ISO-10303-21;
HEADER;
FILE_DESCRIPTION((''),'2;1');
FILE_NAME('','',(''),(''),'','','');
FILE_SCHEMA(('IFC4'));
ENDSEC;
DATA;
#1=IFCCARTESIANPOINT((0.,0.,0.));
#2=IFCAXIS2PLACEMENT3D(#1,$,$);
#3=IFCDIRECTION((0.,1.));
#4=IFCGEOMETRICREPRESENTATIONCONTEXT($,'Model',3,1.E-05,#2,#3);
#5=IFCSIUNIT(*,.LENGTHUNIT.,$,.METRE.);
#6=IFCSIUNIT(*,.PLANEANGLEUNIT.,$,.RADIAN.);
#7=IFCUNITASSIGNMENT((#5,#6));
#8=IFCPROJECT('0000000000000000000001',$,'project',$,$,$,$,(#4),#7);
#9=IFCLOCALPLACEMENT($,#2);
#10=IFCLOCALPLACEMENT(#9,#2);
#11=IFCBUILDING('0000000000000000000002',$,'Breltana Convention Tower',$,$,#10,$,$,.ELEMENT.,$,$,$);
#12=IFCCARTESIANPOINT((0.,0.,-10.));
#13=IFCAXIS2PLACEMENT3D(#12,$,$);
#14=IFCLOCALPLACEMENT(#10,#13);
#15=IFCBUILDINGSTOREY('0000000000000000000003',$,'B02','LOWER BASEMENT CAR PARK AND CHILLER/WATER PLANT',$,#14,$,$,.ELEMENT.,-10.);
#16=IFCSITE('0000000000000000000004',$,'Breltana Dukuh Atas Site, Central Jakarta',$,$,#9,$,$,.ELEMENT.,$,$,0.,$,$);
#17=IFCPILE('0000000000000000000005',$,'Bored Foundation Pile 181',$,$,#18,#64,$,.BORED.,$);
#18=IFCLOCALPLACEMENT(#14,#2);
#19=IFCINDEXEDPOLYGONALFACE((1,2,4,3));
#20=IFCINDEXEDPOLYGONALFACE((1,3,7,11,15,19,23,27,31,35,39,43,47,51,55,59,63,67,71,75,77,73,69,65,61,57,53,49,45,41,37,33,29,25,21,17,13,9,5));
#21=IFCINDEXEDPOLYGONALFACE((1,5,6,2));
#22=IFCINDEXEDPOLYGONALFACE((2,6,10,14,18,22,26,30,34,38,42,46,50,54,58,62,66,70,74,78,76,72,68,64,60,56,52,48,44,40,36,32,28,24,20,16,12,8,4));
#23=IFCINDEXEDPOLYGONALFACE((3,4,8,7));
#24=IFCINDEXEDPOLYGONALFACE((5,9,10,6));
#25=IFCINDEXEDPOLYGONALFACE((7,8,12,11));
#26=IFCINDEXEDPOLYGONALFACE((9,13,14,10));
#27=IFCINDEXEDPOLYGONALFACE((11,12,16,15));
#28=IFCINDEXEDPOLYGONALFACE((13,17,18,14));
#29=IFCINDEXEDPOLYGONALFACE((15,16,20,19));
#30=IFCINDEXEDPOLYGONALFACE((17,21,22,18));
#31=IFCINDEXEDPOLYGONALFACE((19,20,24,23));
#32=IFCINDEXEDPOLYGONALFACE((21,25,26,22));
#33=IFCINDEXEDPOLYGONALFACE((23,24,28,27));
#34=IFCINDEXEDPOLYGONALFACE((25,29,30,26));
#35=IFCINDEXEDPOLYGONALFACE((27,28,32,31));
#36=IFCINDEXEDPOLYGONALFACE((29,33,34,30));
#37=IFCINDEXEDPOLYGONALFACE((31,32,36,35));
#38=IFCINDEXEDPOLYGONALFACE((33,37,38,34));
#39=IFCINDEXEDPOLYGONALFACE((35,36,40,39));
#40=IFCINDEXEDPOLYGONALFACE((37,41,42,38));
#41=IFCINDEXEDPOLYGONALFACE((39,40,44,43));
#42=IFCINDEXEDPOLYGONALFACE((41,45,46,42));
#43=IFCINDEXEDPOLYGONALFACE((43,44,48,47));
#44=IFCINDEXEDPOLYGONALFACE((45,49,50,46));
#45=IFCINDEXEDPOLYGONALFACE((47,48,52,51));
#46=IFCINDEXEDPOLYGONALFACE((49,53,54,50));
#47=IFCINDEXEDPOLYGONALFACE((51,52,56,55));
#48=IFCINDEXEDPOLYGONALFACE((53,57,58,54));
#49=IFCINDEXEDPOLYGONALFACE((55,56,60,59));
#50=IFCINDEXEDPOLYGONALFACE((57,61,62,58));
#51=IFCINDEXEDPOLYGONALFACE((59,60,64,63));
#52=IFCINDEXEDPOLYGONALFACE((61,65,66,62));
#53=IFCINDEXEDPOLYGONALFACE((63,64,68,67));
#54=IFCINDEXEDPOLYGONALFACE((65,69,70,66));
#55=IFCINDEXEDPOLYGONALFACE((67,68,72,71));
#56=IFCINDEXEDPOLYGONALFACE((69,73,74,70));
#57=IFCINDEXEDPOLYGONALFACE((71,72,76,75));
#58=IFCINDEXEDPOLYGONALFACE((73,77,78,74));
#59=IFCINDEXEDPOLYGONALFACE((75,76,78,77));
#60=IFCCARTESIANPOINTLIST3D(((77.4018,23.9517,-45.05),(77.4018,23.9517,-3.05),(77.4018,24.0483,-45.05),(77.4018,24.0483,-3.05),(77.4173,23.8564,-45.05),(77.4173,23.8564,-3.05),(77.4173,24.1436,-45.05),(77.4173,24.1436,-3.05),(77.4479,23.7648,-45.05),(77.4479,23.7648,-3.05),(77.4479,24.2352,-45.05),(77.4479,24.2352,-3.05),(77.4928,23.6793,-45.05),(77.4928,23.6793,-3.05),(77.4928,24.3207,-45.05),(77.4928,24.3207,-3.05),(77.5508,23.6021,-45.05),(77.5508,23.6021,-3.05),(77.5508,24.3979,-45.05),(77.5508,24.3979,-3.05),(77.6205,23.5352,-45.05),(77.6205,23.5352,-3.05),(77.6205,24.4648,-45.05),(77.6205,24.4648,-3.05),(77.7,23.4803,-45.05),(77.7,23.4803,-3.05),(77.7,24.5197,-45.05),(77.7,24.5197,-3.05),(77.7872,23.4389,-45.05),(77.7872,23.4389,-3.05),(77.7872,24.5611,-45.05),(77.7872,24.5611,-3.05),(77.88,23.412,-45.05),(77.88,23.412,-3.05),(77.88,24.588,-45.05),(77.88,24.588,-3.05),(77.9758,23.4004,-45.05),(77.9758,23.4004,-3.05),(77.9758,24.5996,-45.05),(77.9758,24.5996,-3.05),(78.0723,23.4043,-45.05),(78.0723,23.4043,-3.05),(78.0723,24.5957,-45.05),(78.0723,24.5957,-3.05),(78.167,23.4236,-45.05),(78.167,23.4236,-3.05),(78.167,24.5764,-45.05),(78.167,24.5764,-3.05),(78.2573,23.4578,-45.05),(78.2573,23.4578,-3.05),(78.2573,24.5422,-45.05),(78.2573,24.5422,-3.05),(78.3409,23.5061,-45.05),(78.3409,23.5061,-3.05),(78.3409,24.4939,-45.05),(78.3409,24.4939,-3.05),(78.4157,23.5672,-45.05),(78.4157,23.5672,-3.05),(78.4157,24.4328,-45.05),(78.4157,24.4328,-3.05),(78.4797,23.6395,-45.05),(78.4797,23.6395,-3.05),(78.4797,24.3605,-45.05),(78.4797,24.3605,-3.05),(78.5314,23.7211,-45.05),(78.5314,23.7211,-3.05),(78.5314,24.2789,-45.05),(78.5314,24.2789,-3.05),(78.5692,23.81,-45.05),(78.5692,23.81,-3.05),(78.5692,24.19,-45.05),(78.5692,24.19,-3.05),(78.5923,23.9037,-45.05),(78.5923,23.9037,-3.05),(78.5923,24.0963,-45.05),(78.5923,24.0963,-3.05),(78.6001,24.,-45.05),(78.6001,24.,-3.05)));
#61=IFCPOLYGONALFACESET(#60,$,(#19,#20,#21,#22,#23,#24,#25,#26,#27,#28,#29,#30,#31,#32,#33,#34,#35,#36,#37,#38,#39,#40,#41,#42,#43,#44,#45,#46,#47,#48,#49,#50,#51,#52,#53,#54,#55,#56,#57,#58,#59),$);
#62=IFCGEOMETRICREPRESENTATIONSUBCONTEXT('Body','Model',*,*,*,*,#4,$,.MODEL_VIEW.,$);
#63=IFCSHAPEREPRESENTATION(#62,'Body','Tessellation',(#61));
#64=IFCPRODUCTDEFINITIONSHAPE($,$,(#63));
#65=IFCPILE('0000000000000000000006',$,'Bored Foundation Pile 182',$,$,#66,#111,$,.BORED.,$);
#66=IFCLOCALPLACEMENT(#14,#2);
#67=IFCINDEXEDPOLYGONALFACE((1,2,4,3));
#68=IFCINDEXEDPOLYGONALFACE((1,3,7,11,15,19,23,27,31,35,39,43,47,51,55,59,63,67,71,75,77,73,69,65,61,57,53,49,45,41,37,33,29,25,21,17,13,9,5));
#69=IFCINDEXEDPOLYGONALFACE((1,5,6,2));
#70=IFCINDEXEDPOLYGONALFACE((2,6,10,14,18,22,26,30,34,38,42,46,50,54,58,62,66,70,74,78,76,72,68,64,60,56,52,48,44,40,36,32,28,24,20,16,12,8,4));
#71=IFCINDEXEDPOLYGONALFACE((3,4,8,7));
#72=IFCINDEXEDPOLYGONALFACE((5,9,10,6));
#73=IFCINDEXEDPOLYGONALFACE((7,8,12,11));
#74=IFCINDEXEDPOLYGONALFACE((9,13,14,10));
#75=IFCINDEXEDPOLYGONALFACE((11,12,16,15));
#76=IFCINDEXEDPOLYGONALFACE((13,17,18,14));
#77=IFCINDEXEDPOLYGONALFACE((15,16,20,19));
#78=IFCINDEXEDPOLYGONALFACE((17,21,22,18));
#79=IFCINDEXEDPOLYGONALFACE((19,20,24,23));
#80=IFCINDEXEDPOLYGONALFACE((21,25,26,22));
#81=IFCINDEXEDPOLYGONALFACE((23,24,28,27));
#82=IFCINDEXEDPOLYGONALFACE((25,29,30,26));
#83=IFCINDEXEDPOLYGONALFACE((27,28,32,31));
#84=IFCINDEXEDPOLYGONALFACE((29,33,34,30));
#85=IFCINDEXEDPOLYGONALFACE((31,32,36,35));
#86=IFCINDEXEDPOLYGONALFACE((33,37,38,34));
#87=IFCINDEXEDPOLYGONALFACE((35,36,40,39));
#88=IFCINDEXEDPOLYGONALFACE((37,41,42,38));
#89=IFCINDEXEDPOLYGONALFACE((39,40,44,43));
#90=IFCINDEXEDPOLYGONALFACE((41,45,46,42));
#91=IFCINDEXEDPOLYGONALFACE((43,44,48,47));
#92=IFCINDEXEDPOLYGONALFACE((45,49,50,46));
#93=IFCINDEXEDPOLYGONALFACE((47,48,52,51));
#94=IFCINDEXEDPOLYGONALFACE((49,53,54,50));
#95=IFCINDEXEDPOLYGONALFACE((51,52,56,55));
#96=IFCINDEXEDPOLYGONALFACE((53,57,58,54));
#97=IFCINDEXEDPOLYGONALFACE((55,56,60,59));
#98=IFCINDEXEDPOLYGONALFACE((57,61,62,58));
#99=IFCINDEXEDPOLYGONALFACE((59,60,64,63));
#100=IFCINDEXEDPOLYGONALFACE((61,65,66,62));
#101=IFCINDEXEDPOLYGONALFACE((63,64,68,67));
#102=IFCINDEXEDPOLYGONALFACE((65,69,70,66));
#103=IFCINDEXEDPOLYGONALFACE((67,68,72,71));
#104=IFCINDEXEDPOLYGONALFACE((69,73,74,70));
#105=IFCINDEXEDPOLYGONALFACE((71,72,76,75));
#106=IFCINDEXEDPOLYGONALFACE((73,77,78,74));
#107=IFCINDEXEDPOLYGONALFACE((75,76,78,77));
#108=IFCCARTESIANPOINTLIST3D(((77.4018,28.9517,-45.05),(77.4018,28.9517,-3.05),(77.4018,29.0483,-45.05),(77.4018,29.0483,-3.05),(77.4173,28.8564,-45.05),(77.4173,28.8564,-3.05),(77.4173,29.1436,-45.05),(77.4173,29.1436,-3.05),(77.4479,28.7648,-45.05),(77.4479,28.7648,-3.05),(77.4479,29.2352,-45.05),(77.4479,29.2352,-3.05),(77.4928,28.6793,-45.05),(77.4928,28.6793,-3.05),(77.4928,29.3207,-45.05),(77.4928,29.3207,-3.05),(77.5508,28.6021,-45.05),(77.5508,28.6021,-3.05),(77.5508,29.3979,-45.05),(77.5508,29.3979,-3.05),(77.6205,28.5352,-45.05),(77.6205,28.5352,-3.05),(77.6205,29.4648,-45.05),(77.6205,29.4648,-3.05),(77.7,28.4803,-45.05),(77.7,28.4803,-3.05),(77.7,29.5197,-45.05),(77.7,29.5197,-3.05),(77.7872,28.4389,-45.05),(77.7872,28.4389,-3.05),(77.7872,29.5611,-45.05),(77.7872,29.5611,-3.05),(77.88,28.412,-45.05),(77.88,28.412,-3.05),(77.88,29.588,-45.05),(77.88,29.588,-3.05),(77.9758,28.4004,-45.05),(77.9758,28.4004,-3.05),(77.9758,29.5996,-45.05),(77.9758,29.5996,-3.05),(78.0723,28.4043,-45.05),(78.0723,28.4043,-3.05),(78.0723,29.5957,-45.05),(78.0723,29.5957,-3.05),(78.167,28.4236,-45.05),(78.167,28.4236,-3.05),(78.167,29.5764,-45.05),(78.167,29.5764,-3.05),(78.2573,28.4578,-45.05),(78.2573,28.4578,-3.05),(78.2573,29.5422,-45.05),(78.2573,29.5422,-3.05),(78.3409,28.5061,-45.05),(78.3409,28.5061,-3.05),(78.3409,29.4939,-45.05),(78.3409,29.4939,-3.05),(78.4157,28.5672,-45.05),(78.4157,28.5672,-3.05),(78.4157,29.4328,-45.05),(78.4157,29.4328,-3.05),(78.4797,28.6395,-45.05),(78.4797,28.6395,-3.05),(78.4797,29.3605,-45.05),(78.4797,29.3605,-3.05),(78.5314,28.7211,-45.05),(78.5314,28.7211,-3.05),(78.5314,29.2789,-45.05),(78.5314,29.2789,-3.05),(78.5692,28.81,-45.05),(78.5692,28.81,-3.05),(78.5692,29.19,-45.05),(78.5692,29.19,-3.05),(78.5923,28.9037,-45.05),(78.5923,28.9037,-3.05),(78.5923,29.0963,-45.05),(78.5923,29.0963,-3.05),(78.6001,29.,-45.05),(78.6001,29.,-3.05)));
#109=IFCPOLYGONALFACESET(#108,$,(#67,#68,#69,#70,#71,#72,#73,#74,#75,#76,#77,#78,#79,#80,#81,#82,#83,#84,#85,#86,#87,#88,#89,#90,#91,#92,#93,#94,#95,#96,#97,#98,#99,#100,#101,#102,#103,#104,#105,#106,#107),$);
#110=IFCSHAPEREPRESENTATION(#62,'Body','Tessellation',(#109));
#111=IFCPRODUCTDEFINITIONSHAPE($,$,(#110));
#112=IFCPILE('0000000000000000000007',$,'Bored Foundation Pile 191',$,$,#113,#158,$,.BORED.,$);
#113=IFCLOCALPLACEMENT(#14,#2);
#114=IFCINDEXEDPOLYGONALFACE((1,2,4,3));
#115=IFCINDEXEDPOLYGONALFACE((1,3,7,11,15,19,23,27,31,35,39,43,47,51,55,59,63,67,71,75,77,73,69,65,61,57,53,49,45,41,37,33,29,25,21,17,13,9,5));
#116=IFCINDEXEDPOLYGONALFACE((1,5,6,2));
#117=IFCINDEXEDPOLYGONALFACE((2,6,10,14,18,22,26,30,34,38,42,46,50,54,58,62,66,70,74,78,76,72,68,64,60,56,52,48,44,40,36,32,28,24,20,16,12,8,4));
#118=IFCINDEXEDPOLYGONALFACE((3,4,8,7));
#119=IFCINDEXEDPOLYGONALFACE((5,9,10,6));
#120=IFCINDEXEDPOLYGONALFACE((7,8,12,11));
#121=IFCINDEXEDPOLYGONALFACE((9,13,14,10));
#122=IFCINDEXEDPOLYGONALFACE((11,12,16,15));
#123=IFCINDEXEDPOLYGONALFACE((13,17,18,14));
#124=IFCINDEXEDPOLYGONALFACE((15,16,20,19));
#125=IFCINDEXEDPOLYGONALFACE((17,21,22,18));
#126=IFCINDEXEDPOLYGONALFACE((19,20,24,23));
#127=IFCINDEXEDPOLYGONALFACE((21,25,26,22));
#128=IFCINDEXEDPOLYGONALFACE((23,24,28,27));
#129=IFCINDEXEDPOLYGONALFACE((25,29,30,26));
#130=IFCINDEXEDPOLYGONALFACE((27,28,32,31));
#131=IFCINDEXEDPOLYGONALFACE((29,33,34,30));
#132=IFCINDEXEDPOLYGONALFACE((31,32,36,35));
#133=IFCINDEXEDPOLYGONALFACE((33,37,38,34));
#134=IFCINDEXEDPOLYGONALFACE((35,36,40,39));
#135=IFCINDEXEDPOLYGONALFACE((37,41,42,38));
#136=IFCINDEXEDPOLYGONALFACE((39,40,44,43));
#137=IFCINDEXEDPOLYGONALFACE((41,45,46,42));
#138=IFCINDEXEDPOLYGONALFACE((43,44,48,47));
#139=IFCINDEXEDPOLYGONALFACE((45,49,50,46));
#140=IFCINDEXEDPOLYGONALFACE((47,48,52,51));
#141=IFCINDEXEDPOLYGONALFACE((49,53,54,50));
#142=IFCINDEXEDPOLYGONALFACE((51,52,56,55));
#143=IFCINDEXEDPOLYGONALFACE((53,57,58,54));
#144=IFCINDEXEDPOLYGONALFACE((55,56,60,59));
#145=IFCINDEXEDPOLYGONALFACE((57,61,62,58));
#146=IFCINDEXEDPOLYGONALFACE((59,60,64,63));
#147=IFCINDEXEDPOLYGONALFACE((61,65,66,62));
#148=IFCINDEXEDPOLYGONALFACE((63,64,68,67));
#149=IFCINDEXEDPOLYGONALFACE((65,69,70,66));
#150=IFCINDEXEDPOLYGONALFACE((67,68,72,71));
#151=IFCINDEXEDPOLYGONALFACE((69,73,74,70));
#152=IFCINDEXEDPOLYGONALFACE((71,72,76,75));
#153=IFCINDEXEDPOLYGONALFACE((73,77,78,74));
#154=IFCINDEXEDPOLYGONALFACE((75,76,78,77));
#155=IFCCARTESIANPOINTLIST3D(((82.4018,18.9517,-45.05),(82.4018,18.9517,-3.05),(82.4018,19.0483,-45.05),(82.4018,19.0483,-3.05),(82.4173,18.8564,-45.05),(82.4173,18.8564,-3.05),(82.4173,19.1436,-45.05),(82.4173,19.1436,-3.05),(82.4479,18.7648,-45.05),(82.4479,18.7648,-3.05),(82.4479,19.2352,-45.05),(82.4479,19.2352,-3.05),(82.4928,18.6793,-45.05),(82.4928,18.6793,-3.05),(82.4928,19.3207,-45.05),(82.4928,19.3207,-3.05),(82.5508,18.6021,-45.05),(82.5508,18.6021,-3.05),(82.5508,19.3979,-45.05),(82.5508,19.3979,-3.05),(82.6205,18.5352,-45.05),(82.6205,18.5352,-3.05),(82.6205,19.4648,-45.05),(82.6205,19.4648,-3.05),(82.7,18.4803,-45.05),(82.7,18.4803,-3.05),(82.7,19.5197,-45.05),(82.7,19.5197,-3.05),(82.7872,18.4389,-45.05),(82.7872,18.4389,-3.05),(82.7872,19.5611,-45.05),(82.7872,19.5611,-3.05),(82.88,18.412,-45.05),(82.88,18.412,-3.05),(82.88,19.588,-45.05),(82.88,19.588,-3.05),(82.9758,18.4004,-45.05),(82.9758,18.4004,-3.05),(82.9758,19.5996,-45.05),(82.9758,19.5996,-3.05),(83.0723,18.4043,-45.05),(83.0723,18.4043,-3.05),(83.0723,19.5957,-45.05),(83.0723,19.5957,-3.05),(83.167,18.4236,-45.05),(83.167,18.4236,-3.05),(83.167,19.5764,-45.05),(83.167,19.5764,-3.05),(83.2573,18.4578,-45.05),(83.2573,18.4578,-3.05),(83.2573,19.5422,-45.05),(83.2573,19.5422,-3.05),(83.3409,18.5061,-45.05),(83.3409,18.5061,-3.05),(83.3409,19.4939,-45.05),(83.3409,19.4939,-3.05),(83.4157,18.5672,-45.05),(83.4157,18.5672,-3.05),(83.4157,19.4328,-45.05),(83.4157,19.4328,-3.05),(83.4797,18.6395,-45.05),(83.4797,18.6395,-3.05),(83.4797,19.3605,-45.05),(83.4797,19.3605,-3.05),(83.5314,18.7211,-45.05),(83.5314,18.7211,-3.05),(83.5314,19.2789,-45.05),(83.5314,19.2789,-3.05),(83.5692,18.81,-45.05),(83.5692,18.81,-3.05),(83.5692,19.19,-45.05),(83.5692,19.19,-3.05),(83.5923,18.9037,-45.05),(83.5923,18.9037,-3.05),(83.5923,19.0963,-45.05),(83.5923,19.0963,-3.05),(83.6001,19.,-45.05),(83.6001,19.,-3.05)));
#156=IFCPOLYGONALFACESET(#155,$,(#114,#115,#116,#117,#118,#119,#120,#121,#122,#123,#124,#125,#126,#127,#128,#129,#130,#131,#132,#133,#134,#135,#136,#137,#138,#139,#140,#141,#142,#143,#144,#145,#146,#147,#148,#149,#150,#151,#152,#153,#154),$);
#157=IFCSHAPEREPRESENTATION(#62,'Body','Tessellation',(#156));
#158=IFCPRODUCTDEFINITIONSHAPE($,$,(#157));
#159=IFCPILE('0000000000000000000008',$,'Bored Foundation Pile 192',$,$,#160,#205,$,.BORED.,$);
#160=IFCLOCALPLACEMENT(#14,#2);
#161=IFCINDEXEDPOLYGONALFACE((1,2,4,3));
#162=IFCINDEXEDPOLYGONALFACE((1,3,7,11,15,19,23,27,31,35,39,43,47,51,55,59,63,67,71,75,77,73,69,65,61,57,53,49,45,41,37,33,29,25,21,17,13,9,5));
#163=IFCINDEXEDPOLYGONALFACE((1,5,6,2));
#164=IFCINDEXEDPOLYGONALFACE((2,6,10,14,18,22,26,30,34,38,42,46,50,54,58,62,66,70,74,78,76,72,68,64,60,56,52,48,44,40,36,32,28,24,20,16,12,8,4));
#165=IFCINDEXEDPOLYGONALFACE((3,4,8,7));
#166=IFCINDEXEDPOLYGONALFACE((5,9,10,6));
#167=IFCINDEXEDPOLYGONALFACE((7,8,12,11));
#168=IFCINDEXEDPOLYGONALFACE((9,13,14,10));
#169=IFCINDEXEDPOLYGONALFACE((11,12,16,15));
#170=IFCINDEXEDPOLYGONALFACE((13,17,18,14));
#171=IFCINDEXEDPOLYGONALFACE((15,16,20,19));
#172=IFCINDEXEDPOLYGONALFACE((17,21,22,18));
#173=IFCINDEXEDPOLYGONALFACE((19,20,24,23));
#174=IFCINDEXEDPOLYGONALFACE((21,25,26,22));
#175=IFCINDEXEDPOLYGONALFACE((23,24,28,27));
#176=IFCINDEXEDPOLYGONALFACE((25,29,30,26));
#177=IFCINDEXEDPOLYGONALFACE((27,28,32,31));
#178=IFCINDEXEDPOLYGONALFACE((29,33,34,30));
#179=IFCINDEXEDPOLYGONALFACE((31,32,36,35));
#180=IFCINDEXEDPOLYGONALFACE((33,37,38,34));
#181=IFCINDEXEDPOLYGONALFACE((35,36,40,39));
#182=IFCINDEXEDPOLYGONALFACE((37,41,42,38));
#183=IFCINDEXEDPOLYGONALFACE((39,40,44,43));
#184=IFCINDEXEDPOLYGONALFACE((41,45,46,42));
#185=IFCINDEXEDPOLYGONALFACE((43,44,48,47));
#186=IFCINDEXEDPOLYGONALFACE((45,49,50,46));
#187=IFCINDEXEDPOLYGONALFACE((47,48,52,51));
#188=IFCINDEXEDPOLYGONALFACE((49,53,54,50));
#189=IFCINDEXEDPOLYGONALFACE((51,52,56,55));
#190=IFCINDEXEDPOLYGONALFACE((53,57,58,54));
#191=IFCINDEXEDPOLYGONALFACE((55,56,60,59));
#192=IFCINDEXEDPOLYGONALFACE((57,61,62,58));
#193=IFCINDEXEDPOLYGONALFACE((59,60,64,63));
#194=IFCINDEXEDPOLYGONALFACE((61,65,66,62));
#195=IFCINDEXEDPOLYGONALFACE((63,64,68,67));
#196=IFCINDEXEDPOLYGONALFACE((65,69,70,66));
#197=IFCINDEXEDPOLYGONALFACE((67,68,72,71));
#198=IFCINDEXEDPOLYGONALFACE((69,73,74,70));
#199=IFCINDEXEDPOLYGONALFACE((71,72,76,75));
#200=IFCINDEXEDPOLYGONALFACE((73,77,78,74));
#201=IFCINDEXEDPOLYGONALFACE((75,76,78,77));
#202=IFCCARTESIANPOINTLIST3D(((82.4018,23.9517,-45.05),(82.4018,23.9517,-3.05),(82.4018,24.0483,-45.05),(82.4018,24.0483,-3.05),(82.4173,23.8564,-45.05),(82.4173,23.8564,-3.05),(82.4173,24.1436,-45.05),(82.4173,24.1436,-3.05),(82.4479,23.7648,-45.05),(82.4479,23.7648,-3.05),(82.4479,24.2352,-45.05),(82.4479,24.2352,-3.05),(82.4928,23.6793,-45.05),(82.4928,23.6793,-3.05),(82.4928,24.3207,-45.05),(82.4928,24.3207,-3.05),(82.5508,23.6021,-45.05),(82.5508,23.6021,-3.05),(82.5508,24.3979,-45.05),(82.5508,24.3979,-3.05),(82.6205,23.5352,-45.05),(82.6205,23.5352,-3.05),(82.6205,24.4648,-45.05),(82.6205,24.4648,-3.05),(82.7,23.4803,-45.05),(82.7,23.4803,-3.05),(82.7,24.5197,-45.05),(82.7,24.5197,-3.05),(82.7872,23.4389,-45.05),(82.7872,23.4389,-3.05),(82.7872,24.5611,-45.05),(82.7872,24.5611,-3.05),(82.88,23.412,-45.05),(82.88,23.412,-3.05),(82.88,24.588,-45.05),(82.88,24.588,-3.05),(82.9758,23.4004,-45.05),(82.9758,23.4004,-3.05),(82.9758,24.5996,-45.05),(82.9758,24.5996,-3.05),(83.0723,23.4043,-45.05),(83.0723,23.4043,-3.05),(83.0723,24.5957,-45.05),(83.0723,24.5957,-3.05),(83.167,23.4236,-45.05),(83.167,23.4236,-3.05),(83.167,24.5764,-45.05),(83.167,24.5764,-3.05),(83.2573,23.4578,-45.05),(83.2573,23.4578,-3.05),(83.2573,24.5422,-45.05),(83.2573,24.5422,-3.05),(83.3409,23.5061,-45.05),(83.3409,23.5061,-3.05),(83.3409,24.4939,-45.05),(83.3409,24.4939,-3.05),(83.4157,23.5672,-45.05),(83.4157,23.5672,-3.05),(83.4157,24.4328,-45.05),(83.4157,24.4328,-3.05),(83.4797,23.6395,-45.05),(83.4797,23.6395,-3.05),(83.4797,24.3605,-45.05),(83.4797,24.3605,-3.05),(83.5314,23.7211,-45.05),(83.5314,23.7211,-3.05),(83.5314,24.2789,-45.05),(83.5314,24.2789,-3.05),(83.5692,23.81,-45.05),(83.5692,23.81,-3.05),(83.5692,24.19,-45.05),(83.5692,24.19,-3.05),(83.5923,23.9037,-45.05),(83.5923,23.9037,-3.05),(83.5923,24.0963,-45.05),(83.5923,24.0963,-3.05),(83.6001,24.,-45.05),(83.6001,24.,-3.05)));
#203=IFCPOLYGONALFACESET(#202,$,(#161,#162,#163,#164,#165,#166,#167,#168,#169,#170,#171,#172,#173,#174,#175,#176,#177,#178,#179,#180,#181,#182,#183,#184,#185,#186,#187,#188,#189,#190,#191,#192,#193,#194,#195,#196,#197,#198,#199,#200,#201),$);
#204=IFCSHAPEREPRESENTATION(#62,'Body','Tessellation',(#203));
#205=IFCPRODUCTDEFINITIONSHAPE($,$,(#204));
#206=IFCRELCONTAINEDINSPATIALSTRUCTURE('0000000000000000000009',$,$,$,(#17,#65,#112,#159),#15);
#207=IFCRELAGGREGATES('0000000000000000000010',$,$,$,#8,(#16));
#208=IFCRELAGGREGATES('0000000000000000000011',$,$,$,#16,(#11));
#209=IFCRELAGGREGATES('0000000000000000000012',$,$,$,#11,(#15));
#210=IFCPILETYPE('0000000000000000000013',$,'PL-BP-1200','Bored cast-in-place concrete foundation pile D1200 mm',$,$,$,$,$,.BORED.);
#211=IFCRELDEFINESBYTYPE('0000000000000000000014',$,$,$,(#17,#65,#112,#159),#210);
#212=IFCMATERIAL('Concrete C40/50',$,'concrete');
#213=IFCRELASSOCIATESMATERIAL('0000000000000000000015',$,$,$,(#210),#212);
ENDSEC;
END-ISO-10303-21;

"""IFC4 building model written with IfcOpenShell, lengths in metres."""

from ifc_helpers import new_model, si_unit, direction, frame, origin, origin_2d, place, context, subcontext, project, spatial, circle, extrude, source, transform, mapped, material, material_profile, profile_set, type_object, type_shapes, element, save


model = new_model("IFC4")

# Units and contexts
model_context = context("Model", 3, precision=1e-05, world=origin(), true_north=direction((0.0, 1.0)))
body_context = subcontext(model_context, "Body", "Model", "MODEL_VIEW")
ifc_project = project(units=[si_unit("LENGTHUNIT", "METRE"), si_unit("PLANEANGLEUNIT", "RADIAN")], contexts=[model_context])

# Site, building, storey
site_placement = place(None, origin())
site = spatial("IfcSite", under=ifc_project, at=site_placement, Name="Breltana Dukuh Atas Site, Central Jakarta", CompositionType="ELEMENT", RefElevation=0.0)
building_placement = place(site_placement, origin())
building = spatial("IfcBuilding", under=site, at=building_placement, Name="Breltana Convention Tower", CompositionType="ELEMENT")
storey_placement = place(building_placement, frame((0.0, 0.0, -10.0)))
storey = spatial("IfcBuildingStorey", under=building, at=storey_placement, Name="B02", Description="LOWER BASEMENT CAR PARK AND CHILLER/WATER PLANT", CompositionType="ELEMENT", Elevation=-10.0)

# Piles
ifc_material_1 = material(Name="Concrete C40/50", Category="concrete")
ifc_material_profile_1 = material_profile(ifc_material_1, circle(Radius=0.6001, at=origin_2d()), Name="BP-D1200")
ifc_profile_set_1 = profile_set([ifc_material_profile_1], Name="Concrete C40/50")
pile_type_1 = type_object("IfcPileType", Name="PL-BP-1200", Description="Bored cast-in-place concrete foundation pile D1200 mm", PredefinedType="BORED", material=ifc_profile_set_1)
shared_shape_1 = source(origin(), body_context, "Body", "SweptSolid", [
    extrude(circle(Radius=0.6001, at=origin_2d()), origin(), (0.0, 0.0, 1.0), 42.0),
])
type_shapes(pile_type_1, [shared_shape_1])
for number, where, z_axis, x_axis, name in (
    (1, (78.0, 24.0, -3.05), (0.0, 0.0, -1.0), (1.0, 0.0, 0.0), "Bored Foundation Pile 181"),
    (2, (78.0, 29.0, -3.05), (0.0, 0.0, -1.0), (1.0, 0.0, 0.0), "Bored Foundation Pile 182"),
    (3, (83.0, 19.0, -3.05), (0.0, 0.0, -1.0), (1.0, 0.0, 0.0), "Bored Foundation Pile 191"),
    (4, (83.0, 24.0, -3.05), (0.0, 0.0, -1.0), (1.0, 0.0, 0.0), "Bored Foundation Pile 192"),
):
    element("IfcPile", number, at=place(storey_placement, frame(where, z_axis=z_axis, x_axis=x_axis)), inside=storey, type_object=pile_type_1, Name=name, PredefinedType="BORED", context=body_context, shape_type="MappedRepresentation", body=[
        mapped(shared_shape_1, transform((0.0, 0.0, 0.0), scale=1.0)),
    ])

save(model, "model.ifc")
